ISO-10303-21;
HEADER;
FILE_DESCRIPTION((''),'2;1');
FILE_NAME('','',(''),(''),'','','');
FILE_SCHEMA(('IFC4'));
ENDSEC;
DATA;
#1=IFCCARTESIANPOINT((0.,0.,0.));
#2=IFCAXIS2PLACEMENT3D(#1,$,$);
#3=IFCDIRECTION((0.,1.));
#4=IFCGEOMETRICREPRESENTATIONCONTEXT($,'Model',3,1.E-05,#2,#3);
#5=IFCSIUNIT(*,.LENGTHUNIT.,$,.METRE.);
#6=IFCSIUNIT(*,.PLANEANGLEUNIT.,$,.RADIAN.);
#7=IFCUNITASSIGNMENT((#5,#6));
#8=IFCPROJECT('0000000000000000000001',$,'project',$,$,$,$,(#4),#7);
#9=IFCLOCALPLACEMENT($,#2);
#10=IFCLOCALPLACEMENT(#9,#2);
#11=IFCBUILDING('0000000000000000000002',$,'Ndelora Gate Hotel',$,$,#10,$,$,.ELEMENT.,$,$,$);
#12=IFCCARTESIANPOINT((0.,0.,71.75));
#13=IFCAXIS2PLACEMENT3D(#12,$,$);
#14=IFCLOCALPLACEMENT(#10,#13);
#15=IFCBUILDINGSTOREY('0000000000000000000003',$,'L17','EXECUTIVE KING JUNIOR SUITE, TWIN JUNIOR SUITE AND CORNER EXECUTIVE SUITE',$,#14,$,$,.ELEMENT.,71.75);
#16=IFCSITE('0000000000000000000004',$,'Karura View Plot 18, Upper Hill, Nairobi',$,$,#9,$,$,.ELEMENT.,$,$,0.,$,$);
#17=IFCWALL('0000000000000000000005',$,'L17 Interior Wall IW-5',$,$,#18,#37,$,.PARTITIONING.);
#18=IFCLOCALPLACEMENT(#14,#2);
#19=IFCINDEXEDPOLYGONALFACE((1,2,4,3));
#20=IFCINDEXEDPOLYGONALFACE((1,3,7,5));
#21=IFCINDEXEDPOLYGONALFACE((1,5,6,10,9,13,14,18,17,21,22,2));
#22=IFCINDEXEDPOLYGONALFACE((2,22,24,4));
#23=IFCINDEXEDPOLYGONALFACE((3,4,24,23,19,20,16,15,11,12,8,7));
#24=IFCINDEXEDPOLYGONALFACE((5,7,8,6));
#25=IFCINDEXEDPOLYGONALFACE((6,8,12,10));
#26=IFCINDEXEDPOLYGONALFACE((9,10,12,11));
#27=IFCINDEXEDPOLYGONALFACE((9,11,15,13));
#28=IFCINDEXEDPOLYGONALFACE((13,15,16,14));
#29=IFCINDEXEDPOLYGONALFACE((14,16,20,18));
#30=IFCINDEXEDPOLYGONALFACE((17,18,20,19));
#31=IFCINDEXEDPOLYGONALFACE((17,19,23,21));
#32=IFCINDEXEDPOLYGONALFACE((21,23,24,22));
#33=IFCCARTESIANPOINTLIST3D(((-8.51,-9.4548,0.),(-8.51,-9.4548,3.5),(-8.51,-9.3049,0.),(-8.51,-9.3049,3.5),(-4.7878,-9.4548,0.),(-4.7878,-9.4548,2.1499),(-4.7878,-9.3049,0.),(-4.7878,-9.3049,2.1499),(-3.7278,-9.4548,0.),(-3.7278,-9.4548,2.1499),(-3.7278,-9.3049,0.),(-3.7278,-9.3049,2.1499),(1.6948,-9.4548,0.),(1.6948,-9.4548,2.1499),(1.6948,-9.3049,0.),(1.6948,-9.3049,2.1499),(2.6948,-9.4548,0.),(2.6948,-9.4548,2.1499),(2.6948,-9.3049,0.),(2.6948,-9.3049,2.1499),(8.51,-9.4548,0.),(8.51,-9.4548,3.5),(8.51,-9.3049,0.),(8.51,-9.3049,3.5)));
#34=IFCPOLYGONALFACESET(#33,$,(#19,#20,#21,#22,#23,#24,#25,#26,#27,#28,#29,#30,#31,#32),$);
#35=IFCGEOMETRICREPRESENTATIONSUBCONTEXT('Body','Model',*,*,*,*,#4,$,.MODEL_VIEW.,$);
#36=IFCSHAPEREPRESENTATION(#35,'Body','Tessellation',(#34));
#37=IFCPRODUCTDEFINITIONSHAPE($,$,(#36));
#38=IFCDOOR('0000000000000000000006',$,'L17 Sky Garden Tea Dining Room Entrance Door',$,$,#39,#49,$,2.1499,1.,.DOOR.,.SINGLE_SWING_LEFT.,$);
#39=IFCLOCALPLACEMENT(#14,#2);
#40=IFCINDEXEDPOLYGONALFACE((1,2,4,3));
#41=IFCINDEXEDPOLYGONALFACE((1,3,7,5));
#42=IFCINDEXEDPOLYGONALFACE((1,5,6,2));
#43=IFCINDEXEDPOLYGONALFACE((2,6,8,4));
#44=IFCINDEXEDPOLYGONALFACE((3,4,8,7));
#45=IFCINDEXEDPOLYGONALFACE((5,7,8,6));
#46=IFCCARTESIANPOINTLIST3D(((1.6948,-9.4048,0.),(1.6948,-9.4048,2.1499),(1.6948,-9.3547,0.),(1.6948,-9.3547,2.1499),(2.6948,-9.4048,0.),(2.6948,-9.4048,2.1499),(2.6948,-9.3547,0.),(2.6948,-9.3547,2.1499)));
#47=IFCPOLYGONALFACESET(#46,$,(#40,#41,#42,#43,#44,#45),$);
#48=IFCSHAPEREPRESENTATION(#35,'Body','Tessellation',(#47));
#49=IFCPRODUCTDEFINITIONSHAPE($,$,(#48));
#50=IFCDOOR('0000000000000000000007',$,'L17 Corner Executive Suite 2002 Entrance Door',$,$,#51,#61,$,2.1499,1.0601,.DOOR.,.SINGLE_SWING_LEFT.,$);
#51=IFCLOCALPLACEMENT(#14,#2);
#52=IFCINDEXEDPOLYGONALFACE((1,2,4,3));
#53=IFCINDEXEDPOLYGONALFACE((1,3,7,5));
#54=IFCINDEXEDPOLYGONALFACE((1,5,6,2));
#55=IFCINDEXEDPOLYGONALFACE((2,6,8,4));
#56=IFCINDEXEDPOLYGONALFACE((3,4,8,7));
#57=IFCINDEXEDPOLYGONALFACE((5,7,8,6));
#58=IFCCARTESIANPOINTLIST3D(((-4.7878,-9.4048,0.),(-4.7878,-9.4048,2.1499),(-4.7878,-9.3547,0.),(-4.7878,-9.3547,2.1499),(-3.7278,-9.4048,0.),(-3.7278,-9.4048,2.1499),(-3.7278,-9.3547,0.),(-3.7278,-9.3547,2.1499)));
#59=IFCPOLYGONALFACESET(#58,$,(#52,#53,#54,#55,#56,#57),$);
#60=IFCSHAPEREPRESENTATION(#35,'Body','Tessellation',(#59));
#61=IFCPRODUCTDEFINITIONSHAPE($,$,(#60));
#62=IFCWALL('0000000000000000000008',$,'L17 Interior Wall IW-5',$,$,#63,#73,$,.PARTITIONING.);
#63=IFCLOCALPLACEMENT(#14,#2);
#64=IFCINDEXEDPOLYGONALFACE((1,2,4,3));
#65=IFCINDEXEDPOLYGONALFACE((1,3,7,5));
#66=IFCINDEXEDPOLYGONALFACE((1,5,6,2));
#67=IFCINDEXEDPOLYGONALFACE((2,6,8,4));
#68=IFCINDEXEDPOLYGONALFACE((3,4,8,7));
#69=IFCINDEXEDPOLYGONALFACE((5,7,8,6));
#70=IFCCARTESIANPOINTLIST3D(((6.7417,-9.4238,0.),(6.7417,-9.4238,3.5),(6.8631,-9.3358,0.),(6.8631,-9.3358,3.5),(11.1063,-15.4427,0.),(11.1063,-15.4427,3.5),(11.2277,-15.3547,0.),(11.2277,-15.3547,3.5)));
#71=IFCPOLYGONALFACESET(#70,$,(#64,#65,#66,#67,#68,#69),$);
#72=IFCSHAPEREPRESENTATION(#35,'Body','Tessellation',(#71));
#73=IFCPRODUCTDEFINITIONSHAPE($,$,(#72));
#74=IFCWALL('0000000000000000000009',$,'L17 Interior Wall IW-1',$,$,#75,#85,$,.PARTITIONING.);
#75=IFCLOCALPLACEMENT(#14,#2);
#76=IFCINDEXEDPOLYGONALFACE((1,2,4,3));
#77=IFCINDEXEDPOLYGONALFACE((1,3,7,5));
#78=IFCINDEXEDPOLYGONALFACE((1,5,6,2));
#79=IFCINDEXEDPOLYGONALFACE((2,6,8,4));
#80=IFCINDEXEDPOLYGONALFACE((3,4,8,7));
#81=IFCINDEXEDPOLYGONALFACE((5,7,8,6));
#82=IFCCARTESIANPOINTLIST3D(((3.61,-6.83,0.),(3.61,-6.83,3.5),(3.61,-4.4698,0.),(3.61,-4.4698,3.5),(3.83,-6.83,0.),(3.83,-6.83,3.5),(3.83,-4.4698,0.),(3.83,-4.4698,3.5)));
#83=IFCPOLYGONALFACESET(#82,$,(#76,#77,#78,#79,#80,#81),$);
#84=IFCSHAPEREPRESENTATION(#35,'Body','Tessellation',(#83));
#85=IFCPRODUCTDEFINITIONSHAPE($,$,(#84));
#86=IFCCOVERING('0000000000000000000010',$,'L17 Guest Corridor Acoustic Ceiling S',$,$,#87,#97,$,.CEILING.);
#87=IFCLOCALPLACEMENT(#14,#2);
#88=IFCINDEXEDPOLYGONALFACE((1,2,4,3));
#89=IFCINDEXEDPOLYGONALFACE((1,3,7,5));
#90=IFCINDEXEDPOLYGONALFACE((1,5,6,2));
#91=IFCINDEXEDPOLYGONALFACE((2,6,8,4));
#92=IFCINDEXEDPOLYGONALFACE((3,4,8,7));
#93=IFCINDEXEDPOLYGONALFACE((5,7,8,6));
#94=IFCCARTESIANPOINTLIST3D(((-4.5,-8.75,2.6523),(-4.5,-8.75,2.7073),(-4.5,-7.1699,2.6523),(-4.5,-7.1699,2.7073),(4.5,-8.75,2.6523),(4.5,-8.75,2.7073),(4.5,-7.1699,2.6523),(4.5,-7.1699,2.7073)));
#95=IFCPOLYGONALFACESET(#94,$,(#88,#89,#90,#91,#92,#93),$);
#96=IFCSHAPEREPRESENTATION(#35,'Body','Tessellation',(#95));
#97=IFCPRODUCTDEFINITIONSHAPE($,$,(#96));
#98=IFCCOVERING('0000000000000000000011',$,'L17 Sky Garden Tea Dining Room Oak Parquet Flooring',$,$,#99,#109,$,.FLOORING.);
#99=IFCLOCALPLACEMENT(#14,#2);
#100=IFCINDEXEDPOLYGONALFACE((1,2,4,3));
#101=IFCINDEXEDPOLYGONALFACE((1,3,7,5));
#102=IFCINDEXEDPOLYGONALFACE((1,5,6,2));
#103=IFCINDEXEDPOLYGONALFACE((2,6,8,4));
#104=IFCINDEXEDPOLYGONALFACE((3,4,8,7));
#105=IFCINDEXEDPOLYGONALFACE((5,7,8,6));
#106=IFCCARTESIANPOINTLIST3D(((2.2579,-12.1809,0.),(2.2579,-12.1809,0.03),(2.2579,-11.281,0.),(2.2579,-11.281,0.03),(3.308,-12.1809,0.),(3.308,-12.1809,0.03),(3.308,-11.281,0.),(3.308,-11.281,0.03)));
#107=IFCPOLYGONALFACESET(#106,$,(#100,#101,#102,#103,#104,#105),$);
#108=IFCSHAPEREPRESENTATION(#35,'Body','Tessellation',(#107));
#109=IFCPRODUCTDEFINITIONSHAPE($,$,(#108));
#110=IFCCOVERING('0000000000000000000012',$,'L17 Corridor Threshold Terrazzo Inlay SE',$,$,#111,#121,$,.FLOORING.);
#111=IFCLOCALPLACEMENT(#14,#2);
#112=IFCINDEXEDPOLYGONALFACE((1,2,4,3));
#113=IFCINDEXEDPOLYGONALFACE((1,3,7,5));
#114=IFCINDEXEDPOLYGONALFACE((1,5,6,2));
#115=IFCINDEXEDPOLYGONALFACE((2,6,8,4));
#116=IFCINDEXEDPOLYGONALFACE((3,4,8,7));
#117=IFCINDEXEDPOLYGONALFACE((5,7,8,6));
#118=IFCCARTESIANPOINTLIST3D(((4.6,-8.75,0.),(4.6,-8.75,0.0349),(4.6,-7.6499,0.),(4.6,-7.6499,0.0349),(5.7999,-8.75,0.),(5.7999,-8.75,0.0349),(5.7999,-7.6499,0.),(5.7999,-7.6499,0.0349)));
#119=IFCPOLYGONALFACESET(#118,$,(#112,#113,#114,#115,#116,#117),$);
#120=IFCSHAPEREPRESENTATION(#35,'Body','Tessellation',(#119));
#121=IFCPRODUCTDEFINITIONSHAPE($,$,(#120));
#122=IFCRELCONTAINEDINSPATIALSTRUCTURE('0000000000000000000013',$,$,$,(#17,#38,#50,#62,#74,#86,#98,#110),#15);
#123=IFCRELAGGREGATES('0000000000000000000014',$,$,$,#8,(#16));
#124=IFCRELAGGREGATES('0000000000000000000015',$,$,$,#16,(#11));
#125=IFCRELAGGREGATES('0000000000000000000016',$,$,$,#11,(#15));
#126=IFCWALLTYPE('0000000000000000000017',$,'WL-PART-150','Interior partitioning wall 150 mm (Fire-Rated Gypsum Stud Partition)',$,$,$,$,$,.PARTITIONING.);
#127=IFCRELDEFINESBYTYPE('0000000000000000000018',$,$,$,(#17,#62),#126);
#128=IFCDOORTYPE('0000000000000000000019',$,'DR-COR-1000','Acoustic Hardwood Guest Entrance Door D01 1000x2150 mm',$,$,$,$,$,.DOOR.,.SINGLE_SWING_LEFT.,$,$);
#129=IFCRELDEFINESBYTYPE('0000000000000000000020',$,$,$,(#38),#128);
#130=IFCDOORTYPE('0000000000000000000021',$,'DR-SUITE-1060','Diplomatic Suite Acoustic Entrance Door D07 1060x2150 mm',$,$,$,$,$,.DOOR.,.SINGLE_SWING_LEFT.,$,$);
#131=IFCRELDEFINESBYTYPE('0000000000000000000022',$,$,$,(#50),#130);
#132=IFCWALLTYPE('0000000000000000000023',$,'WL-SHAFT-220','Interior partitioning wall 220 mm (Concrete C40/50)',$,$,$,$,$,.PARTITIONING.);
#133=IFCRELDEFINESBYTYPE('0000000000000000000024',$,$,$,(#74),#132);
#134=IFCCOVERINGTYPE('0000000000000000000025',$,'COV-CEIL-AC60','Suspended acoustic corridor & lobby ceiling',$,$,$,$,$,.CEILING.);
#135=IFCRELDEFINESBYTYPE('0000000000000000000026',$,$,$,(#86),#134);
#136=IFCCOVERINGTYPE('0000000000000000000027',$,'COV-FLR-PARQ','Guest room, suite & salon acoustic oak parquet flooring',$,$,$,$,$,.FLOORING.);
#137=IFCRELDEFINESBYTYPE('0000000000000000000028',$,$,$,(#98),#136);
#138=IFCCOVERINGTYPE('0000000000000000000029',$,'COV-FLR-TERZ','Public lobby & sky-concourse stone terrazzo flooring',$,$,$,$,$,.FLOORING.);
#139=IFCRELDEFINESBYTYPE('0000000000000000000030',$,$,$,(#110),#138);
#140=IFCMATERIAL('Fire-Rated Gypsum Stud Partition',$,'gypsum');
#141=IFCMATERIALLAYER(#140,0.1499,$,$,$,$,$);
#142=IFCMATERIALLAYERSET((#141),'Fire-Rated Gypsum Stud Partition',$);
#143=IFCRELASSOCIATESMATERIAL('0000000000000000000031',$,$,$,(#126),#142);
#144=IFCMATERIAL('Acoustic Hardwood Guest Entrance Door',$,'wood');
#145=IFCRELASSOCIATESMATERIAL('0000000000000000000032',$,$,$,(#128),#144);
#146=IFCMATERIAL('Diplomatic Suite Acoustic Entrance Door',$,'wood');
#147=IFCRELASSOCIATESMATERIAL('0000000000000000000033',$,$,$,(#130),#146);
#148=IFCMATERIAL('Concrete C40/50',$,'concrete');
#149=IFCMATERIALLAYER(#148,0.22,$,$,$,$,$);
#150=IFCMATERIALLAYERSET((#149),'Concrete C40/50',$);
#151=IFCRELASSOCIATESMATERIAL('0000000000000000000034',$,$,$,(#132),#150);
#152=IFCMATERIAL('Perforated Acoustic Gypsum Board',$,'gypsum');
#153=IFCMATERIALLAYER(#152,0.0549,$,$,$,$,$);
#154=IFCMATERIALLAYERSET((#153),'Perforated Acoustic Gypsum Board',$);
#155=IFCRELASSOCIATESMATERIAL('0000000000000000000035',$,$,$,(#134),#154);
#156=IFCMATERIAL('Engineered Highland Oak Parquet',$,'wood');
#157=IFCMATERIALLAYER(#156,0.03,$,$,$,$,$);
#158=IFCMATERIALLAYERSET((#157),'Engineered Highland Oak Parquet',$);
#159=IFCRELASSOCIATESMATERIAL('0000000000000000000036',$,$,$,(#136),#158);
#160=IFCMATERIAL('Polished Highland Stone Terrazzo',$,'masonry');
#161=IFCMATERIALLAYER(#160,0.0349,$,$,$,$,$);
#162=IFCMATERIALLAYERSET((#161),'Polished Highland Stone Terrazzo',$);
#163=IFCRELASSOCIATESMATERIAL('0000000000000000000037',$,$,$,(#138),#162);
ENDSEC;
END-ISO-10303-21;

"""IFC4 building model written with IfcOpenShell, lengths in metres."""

from ifc_helpers import new_model, si_unit, direction, frame, frame_2d, origin, origin_2d, place, context, subcontext, project, spatial, rectangle, extrude, material, layer, layer_set, type_object, element, fill, save


model = new_model("IFC4")

# Units and contexts
model_context = context("Model", 3, precision=1e-05, world=origin(), true_north=direction((0.0, 1.0)))
body_context = subcontext(model_context, "Body", "Model", "MODEL_VIEW")
ifc_project = project(units=[si_unit("LENGTHUNIT", "METRE"), si_unit("PLANEANGLEUNIT", "RADIAN")], contexts=[model_context])

# Site, building, storey
site_placement = place(None, origin())
site = spatial("IfcSite", under=ifc_project, at=site_placement, Name="Karura View Plot 18, Upper Hill, Nairobi", CompositionType="ELEMENT", RefElevation=0.0)
building_placement = place(site_placement, origin())
building = spatial("IfcBuilding", under=site, at=building_placement, Name="Ndelora Gate Hotel", CompositionType="ELEMENT")
storey_placement = place(building_placement, frame((0.0, 0.0, 71.75)))
storey = spatial("IfcBuildingStorey", under=building, at=storey_placement, Name="L17", Description="EXECUTIVE KING JUNIOR SUITE, TWIN JUNIOR SUITE AND CORNER EXECUTIVE SUITE", CompositionType="ELEMENT", Elevation=71.75)

# Shared definitions
ifc_material_1 = material(Name="Concrete C40/50", Category="concrete")

# Wall, openings, doors
ifc_material_2 = material(Name="Fire-Rated Gypsum Stud Partition", Category="gypsum")
ifc_layer_1 = layer(ifc_material_2, 0.1499)
ifc_layer_set_1 = layer_set([ifc_layer_1], Name="Fire-Rated Gypsum Stud Partition")
wall_type_1 = type_object("IfcWallType", Name="WL-PART-150", Description="Interior partitioning wall 150 mm (Fire-Rated Gypsum Stud Partition)", PredefinedType="PARTITIONING", material=ifc_layer_set_1)
wall_1_placement = place(storey_placement, frame((8.51, -9.3799, 0.0), z_axis=(0.0, 0.0, 1.0), x_axis=(-1.0, 0.0, 0.0)))
wall_1 = element("IfcWall", 1, at=wall_1_placement, inside=storey, type_object=wall_type_1, Name="L17 Interior Wall IW-5", PredefinedType="PARTITIONING", context=body_context, shape_type="SweptSolid", body=[
    extrude(rectangle(XDim=17.02, YDim=0.1499, at=frame_2d((8.51, 0.0))), origin(), (0.0, 0.0, 1.0), 3.5),
])
opening_1_placement = place(wall_1_placement, frame((5.8152, 0.0, 0.0)))
opening_1 = element("IfcOpeningElement", 2, at=opening_1_placement, cuts=wall_1, PredefinedType="OPENING", context=body_context, shape_type="SweptSolid", body=[
    extrude(rectangle(XDim=1.0, YDim=2.1499, at=frame_2d((0.5, 1.075))), frame((0.0, 0.085, 0.0), z_axis=(0.0, -1.0, 0.0), x_axis=(1.0, 0.0, 0.0)), (0.0, 0.0, 1.0), 0.1699),
])
opening_2_placement = place(wall_1_placement, frame((12.2378, 0.0, 0.0)))
opening_2 = element("IfcOpeningElement", 3, at=opening_2_placement, cuts=wall_1, PredefinedType="OPENING", context=body_context, shape_type="SweptSolid", body=[
    extrude(rectangle(XDim=1.0601, YDim=2.1499, at=frame_2d((0.53, 1.075))), frame((0.0, 0.085, 0.0), z_axis=(0.0, -1.0, 0.0), x_axis=(1.0, 0.0, 0.0)), (0.0, 0.0, 1.0), 0.1699),
])
ifc_material_3 = material(Name="Acoustic Hardwood Guest Entrance Door", Category="wood")
door_type_1 = type_object("IfcDoorType", Name="DR-COR-1000", Description="Acoustic Hardwood Guest Entrance Door D01 1000x2150 mm", OperationType="SINGLE_SWING_LEFT", PredefinedType="DOOR", material=ifc_material_3)
door_1_placement = place(opening_1_placement, origin())
door_1 = element("IfcDoor", 4, at=door_1_placement, inside=storey, type_object=door_type_1, Name="L17 Sky Garden Tea Dining Room Entrance Door", OperationType="SINGLE_SWING_LEFT", OverallHeight=2.1499, OverallWidth=1.0, PredefinedType="DOOR", context=body_context, shape_type="SweptSolid", body=[
    extrude(rectangle(XDim=1.0, YDim=2.1499, at=frame_2d((0.5, 1.075))), frame((0.0, 0.0249, 0.0), z_axis=(0.0, -1.0, 0.0), x_axis=(1.0, 0.0, 0.0)), (0.0, 0.0, 1.0), 0.05),
])
fill(opening_1, door_1)
ifc_material_4 = material(Name="Diplomatic Suite Acoustic Entrance Door", Category="wood")
door_type_2 = type_object("IfcDoorType", Name="DR-SUITE-1060", Description="Diplomatic Suite Acoustic Entrance Door D07 1060x2150 mm", OperationType="SINGLE_SWING_LEFT", PredefinedType="DOOR", material=ifc_material_4)
door_2_placement = place(opening_2_placement, origin())
door_2 = element("IfcDoor", 5, at=door_2_placement, inside=storey, type_object=door_type_2, Name="L17 Corner Executive Suite 2002 Entrance Door", OperationType="SINGLE_SWING_LEFT", OverallHeight=2.1499, OverallWidth=1.0601, PredefinedType="DOOR", context=body_context, shape_type="SweptSolid", body=[
    extrude(rectangle(XDim=1.0601, YDim=2.1499, at=frame_2d((0.53, 1.075))), frame((0.0, 0.0249, 0.0), z_axis=(0.0, -1.0, 0.0), x_axis=(1.0, 0.0, 0.0)), (0.0, 0.0, 1.0), 0.05),
])
fill(opening_2, door_2)

# Walls
wall_2_placement = place(storey_placement, frame((6.8025, -9.3799, 0.0), z_axis=(0.0, 0.0, 1.0), x_axis=(0.587045, -0.809555, 0.0)))
element("IfcWall", 6, at=wall_2_placement, inside=storey, type_object=wall_type_1, Name="L17 Interior Wall IW-5", PredefinedType="PARTITIONING", context=body_context, shape_type="SweptSolid", body=[
    extrude(rectangle(XDim=7.4348, YDim=0.1499, at=frame_2d((3.7173, 0.0))), origin(), (0.0, 0.0, 1.0), 3.5),
])
ifc_layer_2 = layer(ifc_material_1, 0.22)
ifc_layer_set_2 = layer_set([ifc_layer_2], Name="Concrete C40/50")
wall_type_2 = type_object("IfcWallType", Name="WL-SHAFT-220", Description="Interior partitioning wall 220 mm (Concrete C40/50)", PredefinedType="PARTITIONING", material=ifc_layer_set_2)
wall_3_placement = place(storey_placement, frame((3.72, -6.8301, 0.0), z_axis=(0.0, 0.0, 1.0), x_axis=(0.0, 1.0, 0.0)))
element("IfcWall", 7, at=wall_3_placement, inside=storey, type_object=wall_type_2, Name="L17 Interior Wall IW-1", PredefinedType="PARTITIONING", context=body_context, shape_type="SweptSolid", body=[
    extrude(rectangle(XDim=2.3601, YDim=0.22, at=frame_2d((1.1802, 0.0))), origin(), (0.0, 0.0, 1.0), 3.5),
])

# Coverings
ifc_material_5 = material(Name="Perforated Acoustic Gypsum Board", Category="gypsum")
ifc_layer_3 = layer(ifc_material_5, 0.0549)
ifc_layer_set_3 = layer_set([ifc_layer_3], Name="Perforated Acoustic Gypsum Board")
covering_type_1 = type_object("IfcCoveringType", Name="COV-CEIL-AC60", Description="Suspended acoustic corridor & lobby ceiling", PredefinedType="CEILING", material=ifc_layer_set_3)
covering_1_placement = place(storey_placement, frame((0.0, -7.96, 2.6523), z_axis=(0.0, 0.0, 1.0), x_axis=(1.0, 0.0, 0.0)))
element("IfcCovering", 8, at=covering_1_placement, inside=storey, type_object=covering_type_1, Name="L17 Guest Corridor Acoustic Ceiling S", PredefinedType="CEILING", context=body_context, shape_type="SweptSolid", body=[
    extrude(rectangle(XDim=9.0, YDim=1.5801, at=origin_2d()), origin(), (0.0, 0.0, 1.0), 0.0549),
])
ifc_material_6 = material(Name="Engineered Highland Oak Parquet", Category="wood")
ifc_layer_4 = layer(ifc_material_6, 0.03)
ifc_layer_set_4 = layer_set([ifc_layer_4], Name="Engineered Highland Oak Parquet")
covering_type_2 = type_object("IfcCoveringType", Name="COV-FLR-PARQ", Description="Guest room, suite & salon acoustic oak parquet flooring", PredefinedType="FLOORING", material=ifc_layer_set_4)
covering_2_placement = place(storey_placement, frame((2.783, -11.731, 0.0), z_axis=(0.0, 0.0, 1.0), x_axis=(1.0, 0.0, 0.0)))
element("IfcCovering", 9, at=covering_2_placement, inside=storey, type_object=covering_type_2, Name="L17 Sky Garden Tea Dining Room Oak Parquet Flooring", PredefinedType="FLOORING", context=body_context, shape_type="SweptSolid", body=[
    extrude(rectangle(XDim=1.05, YDim=0.8999, at=origin_2d()), origin(), (0.0, 0.0, 1.0), 0.03),
])
ifc_material_7 = material(Name="Polished Highland Stone Terrazzo", Category="masonry")
ifc_layer_5 = layer(ifc_material_7, 0.0349)
ifc_layer_set_5 = layer_set([ifc_layer_5], Name="Polished Highland Stone Terrazzo")
covering_type_3 = type_object("IfcCoveringType", Name="COV-FLR-TERZ", Description="Public lobby & sky-concourse stone terrazzo flooring", PredefinedType="FLOORING", material=ifc_layer_set_5)
covering_3_placement = place(storey_placement, frame((5.2, -8.2, 0.0), z_axis=(0.0, 0.0, 1.0), x_axis=(1.0, 0.0, 0.0)))
element("IfcCovering", 10, at=covering_3_placement, inside=storey, type_object=covering_type_3, Name="L17 Corridor Threshold Terrazzo Inlay SE", PredefinedType="FLOORING", context=body_context, shape_type="SweptSolid", body=[
    extrude(rectangle(XDim=1.2, YDim=1.1001, at=origin_2d()), origin(), (0.0, 0.0, 1.0), 0.0349),
])

save(model, "model.ifc")
